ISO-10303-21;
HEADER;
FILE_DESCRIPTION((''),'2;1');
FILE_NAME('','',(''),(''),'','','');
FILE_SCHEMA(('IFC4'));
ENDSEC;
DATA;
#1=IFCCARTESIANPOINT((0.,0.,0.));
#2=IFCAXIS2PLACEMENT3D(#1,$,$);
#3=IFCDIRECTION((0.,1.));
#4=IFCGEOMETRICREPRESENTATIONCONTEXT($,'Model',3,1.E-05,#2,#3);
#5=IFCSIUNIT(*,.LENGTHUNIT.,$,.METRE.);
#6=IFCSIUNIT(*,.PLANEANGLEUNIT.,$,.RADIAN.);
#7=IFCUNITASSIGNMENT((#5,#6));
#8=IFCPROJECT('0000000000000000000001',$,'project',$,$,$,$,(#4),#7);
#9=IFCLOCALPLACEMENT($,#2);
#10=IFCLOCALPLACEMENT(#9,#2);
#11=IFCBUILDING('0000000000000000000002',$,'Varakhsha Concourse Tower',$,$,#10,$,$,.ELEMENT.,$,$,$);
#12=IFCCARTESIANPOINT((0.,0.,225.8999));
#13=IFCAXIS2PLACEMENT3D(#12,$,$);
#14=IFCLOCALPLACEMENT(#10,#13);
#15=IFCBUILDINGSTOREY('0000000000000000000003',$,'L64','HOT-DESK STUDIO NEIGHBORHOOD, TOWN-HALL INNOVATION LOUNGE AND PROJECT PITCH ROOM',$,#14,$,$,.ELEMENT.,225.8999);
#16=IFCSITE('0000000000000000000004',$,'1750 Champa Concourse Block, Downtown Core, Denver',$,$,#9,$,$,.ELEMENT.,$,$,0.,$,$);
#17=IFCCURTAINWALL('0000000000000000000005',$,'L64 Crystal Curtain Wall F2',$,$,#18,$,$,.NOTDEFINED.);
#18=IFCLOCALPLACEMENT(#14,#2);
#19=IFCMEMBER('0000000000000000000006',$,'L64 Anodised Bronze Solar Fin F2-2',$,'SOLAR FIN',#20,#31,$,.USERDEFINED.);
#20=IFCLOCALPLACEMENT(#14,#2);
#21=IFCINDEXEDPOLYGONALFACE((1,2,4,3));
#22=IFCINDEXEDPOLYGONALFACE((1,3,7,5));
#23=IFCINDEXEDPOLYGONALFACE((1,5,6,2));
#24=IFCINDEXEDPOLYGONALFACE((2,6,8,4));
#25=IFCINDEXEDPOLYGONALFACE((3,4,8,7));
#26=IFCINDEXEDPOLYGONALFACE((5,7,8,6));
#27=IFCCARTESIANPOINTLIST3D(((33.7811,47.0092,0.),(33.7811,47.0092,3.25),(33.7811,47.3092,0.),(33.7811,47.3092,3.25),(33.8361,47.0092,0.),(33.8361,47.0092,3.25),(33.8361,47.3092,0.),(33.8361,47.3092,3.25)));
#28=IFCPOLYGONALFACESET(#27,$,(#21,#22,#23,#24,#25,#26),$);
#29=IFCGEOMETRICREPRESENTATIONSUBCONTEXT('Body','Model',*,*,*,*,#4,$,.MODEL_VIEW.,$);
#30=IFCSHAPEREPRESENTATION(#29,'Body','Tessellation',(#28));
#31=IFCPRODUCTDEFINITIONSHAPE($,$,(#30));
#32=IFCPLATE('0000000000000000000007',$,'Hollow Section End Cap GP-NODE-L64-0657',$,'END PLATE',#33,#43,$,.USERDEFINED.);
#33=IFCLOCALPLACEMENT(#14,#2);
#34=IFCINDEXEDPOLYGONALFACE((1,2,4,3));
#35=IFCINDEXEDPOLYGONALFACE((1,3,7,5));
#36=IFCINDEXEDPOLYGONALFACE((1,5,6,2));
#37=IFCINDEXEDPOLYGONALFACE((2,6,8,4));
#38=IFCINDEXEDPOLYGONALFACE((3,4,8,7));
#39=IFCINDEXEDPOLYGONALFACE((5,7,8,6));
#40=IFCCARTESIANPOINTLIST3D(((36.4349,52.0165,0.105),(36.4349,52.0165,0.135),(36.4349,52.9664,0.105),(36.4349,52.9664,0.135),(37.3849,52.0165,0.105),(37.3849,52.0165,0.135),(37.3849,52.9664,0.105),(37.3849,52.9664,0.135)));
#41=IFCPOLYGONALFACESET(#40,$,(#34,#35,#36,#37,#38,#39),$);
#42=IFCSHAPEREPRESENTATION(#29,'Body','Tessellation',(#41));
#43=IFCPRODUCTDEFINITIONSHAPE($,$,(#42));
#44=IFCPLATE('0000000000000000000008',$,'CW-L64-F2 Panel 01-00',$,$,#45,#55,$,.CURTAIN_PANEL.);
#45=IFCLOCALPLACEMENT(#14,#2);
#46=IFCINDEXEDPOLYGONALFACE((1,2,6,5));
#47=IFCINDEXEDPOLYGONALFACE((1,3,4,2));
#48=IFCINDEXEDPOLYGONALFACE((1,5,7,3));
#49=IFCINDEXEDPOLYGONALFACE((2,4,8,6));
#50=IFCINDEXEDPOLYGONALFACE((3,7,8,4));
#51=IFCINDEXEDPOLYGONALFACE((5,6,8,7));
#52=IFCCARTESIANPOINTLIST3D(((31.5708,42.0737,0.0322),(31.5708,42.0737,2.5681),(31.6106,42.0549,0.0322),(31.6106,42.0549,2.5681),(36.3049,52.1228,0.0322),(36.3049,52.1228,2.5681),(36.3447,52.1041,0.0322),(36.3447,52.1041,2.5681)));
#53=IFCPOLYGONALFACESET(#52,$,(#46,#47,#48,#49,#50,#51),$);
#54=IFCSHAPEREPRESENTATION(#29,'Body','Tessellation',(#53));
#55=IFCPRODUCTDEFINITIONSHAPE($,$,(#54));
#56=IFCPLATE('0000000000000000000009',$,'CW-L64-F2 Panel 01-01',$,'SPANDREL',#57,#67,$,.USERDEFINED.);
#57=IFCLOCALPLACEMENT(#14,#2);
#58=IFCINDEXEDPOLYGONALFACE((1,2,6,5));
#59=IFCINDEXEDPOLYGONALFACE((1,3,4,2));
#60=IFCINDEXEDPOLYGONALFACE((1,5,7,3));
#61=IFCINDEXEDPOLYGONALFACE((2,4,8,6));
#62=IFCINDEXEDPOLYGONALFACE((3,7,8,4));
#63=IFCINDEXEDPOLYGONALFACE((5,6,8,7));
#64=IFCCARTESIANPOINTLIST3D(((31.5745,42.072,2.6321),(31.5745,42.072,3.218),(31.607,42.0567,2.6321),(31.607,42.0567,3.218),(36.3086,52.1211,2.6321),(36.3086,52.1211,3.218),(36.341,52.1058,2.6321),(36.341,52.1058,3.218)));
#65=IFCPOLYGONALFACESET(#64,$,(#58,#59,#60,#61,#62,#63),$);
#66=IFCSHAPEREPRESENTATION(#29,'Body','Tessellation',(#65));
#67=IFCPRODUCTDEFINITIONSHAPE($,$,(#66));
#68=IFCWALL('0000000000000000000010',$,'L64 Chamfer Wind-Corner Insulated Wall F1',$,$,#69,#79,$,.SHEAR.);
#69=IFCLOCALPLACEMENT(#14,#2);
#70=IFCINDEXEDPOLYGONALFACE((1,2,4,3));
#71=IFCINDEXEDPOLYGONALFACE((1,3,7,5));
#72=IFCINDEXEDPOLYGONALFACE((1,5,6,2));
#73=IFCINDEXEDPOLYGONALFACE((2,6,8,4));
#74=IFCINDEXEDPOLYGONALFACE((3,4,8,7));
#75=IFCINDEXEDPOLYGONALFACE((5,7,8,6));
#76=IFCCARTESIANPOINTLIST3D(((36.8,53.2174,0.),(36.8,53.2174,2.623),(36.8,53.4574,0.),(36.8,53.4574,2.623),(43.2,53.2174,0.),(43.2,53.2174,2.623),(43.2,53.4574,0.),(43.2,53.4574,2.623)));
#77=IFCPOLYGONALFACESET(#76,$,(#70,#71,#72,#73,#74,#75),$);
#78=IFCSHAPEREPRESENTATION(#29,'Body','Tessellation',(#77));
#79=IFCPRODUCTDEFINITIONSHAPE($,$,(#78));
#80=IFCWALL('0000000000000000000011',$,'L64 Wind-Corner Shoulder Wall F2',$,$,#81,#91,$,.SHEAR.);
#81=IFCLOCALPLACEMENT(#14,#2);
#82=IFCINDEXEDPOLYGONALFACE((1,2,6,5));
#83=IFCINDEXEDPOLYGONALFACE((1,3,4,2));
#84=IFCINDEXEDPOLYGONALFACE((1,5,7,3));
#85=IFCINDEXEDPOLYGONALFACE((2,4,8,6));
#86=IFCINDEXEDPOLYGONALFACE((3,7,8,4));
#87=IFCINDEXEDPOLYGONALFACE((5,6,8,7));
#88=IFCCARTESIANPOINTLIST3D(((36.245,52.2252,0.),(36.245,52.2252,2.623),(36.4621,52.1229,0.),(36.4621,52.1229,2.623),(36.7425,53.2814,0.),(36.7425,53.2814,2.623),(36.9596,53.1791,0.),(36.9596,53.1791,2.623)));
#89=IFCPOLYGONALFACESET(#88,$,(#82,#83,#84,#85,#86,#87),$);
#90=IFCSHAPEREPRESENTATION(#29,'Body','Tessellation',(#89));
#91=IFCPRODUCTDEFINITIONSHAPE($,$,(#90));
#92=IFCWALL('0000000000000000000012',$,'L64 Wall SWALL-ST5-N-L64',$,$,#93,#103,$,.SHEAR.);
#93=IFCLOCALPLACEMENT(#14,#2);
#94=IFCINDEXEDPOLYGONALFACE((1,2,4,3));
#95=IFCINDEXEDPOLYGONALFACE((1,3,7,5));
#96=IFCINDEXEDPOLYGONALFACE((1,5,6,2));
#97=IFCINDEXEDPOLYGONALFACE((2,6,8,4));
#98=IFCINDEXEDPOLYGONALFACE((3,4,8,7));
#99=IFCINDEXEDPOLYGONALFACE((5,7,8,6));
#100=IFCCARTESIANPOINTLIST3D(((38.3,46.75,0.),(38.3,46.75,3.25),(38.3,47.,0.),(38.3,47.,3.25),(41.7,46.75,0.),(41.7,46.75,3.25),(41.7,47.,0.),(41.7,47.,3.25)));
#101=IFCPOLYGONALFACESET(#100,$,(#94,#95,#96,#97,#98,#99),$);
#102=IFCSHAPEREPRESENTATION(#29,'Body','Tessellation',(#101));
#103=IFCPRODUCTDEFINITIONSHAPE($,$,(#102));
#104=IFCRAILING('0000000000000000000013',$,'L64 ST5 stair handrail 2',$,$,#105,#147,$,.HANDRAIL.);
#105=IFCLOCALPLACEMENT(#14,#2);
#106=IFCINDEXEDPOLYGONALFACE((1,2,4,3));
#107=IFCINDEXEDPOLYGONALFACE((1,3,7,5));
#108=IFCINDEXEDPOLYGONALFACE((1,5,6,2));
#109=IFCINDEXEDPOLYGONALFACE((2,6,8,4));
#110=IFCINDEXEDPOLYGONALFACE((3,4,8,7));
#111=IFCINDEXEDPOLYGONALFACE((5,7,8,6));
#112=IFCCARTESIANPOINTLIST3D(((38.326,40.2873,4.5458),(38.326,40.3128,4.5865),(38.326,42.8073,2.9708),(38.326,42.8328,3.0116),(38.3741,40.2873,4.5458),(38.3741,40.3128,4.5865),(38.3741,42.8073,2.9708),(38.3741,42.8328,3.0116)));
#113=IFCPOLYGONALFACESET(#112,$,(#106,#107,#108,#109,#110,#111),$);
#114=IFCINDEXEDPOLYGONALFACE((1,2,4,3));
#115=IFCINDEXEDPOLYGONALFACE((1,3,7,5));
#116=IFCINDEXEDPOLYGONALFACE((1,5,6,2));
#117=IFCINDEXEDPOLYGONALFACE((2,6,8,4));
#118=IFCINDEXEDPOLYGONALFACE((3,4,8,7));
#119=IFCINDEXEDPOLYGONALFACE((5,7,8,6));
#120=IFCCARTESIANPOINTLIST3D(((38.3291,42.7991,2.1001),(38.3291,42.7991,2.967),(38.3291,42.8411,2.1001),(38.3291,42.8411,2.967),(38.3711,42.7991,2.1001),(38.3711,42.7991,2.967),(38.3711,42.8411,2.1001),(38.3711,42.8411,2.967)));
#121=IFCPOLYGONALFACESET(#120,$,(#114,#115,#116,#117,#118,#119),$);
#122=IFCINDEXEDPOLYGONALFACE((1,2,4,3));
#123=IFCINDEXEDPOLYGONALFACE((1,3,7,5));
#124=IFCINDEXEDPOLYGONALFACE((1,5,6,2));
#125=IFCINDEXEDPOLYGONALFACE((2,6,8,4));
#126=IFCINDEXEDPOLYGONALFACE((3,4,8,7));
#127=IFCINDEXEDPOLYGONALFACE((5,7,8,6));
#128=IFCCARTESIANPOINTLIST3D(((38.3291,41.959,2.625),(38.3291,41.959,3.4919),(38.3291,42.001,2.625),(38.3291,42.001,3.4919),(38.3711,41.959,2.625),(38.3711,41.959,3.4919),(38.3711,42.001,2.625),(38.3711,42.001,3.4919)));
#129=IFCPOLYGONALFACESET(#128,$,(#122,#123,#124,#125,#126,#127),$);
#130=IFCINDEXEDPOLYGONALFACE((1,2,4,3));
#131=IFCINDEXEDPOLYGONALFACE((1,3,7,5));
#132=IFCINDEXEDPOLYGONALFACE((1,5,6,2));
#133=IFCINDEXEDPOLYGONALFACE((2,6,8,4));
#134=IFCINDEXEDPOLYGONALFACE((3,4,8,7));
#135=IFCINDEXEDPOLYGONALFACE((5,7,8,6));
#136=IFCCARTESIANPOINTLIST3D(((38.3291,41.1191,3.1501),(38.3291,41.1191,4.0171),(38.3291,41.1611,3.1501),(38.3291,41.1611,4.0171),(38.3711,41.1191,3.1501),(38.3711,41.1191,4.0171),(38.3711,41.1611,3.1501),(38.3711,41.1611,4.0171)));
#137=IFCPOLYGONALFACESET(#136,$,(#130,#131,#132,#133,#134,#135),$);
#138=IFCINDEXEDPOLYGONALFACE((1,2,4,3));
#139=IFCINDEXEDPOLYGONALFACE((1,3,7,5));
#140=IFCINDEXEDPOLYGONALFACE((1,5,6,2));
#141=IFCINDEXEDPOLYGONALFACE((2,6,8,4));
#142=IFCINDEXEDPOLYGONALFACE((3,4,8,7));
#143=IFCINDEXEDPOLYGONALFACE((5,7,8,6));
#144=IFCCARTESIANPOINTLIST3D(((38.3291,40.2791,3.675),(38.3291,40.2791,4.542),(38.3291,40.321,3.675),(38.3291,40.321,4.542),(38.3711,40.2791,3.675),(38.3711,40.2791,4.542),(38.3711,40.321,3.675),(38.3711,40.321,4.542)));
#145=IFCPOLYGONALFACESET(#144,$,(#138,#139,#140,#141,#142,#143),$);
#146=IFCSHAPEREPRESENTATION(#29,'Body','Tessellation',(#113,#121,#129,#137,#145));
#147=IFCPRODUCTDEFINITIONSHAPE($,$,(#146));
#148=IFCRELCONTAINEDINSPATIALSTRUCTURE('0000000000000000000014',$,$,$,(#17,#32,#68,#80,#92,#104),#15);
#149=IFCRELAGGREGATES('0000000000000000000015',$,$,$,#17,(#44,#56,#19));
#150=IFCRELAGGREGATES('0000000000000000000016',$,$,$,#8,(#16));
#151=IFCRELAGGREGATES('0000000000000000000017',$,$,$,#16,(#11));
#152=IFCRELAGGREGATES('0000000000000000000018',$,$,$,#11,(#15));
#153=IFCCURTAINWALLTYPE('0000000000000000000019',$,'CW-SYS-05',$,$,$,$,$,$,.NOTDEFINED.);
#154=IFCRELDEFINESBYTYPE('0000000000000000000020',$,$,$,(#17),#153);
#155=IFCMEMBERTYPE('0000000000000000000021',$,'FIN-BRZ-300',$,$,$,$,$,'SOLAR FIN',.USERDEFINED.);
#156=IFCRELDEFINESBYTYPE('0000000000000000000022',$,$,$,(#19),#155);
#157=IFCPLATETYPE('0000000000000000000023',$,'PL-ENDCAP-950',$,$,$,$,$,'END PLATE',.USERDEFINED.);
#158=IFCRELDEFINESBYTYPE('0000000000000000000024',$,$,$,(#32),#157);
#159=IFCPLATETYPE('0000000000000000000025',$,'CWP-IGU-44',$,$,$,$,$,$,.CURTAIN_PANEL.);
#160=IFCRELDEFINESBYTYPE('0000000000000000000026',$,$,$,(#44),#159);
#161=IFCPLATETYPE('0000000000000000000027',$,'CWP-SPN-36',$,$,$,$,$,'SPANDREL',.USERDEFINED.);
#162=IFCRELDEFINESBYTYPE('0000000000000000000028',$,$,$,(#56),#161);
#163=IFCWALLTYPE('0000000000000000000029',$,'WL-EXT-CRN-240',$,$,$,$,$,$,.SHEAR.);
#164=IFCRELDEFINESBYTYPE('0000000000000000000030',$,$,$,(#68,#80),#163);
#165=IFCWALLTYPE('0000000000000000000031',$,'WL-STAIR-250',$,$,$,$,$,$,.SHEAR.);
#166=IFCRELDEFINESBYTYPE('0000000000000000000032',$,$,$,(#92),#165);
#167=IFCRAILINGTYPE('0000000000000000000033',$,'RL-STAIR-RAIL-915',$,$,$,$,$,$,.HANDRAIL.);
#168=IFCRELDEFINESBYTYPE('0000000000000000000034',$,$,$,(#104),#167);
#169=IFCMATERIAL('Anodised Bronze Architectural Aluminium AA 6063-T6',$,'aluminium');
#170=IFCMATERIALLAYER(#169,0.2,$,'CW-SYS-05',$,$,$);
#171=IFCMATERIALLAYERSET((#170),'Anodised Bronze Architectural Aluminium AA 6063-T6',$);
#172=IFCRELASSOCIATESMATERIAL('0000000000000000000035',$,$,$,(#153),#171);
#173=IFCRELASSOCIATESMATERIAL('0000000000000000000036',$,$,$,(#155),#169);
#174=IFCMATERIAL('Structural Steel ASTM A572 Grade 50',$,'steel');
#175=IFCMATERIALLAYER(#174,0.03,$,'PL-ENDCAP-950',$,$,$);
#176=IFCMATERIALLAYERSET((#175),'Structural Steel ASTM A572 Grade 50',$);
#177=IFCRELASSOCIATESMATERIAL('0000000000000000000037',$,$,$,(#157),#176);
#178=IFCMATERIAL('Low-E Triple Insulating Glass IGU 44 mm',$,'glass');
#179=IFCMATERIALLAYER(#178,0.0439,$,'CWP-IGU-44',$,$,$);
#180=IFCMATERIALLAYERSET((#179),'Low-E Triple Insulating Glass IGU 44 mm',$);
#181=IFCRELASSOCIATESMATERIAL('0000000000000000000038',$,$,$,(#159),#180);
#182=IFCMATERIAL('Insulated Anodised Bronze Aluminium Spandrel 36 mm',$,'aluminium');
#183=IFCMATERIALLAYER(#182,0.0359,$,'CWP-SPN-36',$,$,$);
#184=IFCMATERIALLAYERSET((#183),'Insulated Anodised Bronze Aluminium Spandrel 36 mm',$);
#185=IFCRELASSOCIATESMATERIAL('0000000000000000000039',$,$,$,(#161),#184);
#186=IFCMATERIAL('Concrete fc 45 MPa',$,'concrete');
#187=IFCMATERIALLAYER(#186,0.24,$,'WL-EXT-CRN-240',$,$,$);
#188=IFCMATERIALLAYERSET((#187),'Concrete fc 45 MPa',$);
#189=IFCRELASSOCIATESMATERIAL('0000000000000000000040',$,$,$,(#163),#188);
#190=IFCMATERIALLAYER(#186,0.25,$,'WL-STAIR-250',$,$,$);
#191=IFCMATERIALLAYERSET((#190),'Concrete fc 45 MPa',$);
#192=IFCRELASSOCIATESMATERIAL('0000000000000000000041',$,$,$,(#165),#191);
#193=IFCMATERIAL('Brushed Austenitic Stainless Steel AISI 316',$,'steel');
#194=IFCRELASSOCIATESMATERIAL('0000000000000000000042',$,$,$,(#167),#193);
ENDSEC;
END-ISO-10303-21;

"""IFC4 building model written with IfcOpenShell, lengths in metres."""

from ifc_helpers import new_model, si_unit, direction, frame, frame_2d, origin, origin_2d, place, context, subcontext, project, spatial, rectangle, extrude, source, transform, mapped, material, layer, layer_set, material_profile, profile_set, type_object, type_shapes, element, aggregate, save


model = new_model("IFC4")

# Units and contexts
model_context = context("Model", 3, precision=1e-05, world=origin(), true_north=direction((0.0, 1.0)))
body_context = subcontext(model_context, "Body", "Model", "MODEL_VIEW")
ifc_project = project(units=[si_unit("LENGTHUNIT", "METRE"), si_unit("PLANEANGLEUNIT", "RADIAN")], contexts=[model_context])

# Site, building, storey
site_placement = place(None, origin())
site = spatial("IfcSite", under=ifc_project, at=site_placement, Name="1750 Champa Concourse Block, Downtown Core, Denver", CompositionType="ELEMENT", RefElevation=0.0)
building_placement = place(site_placement, origin())
building = spatial("IfcBuilding", under=site, at=building_placement, Name="Varakhsha Concourse Tower", CompositionType="ELEMENT")
storey_placement = place(building_placement, frame((0.0, 0.0, 225.8999)))
storey = spatial("IfcBuildingStorey", under=building, at=storey_placement, Name="L64", Description="HOT-DESK STUDIO NEIGHBORHOOD, TOWN-HALL INNOVATION LOUNGE AND PROJECT PITCH ROOM", CompositionType="ELEMENT", Elevation=225.8999)

# Shared definitions
ifc_material_1 = material(Name="Structural Steel ASTM A572 Grade 50", Category="steel")

# Curtain wall, member
ifc_material_2 = material(Name="Anodised Bronze Architectural Aluminium AA 6063-T6", Category="aluminium")
ifc_layer_1 = layer(ifc_material_2, 0.2, Name="CW-SYS-05")
ifc_layer_set_1 = layer_set([ifc_layer_1], Name="Anodised Bronze Architectural Aluminium AA 6063-T6")
curtain_wall_type = type_object("IfcCurtainWallType", Name="CW-SYS-05", PredefinedType="NOTDEFINED", material=ifc_layer_set_1)
curtain_wall_placement = place(storey_placement, origin())
curtain_wall = element("IfcCurtainWall", 1, at=curtain_wall_placement, inside=storey, type_object=curtain_wall_type, Name="L64 Crystal Curtain Wall F2", PredefinedType="NOTDEFINED")
ifc_material_profile_1 = material_profile(ifc_material_2, rectangle(XDim=0.0549, YDim=0.3, at=origin_2d()), Name="FIN-BRZ-300")
ifc_profile_set_1 = profile_set([ifc_material_profile_1], Name="Anodised Bronze Architectural Aluminium AA 6063-T6")
member_type_1 = type_object("IfcMemberType", Name="FIN-BRZ-300", ElementType="SOLAR FIN", PredefinedType="USERDEFINED", material=ifc_profile_set_1)
shared_shape_1 = source(origin(), body_context, "Body", "SweptSolid", [
    extrude(rectangle(XDim=0.0549, YDim=0.3, at=origin_2d()), origin(), (0.0, 0.0, 1.0), 3.25),
])
type_shapes(member_type_1, [shared_shape_1])
member_1_placement = place(storey_placement, frame((33.8086, 47.1592, 0.0), z_axis=(0.0, 0.0, 1.0), x_axis=(1.0, 0.0, 0.0)))
member_1 = element("IfcMember", 2, at=member_1_placement, type_object=member_type_1, Name="L64 Anodised Bronze Solar Fin F2-2", ObjectType="SOLAR FIN", PredefinedType="USERDEFINED", context=body_context, shape_type="MappedRepresentation", body=[
    mapped(shared_shape_1, transform((0.0, 0.0, 0.0), scale=1.0)),
])

# Plates
ifc_layer_2 = layer(ifc_material_1, 0.03, Name="PL-ENDCAP-950")
ifc_layer_set_2 = layer_set([ifc_layer_2], Name="Structural Steel ASTM A572 Grade 50")
plate_type_1 = type_object("IfcPlateType", Name="PL-ENDCAP-950", ElementType="END PLATE", PredefinedType="USERDEFINED", material=ifc_layer_set_2)
shared_shape_2 = source(origin(), body_context, "Body", "SweptSolid", [
    extrude(rectangle(XDim=0.95, YDim=0.95, at=origin_2d()), origin(), (0.0, 0.0, 1.0), 0.03),
])
type_shapes(plate_type_1, [shared_shape_2])
plate_1_placement = place(storey_placement, frame((36.9099, 52.4915, 0.105), z_axis=(0.0, 0.0, 1.0), x_axis=(1.0, 0.0, 0.0)))
element("IfcPlate", 3, at=plate_1_placement, inside=storey, type_object=plate_type_1, Name="Hollow Section End Cap GP-NODE-L64-0657", ObjectType="END PLATE", PredefinedType="USERDEFINED", context=body_context, shape_type="MappedRepresentation", body=[
    mapped(shared_shape_2, transform((0.0, 0.0, 0.0), scale=1.0)),
])
ifc_material_3 = material(Name="Low-E Triple Insulating Glass IGU 44 mm", Category="glass")
ifc_layer_3 = layer(ifc_material_3, 0.0439, Name="CWP-IGU-44")
ifc_layer_set_3 = layer_set([ifc_layer_3], Name="Low-E Triple Insulating Glass IGU 44 mm")
plate_type_2 = type_object("IfcPlateType", Name="CWP-IGU-44", PredefinedType="CURTAIN_PANEL", material=ifc_layer_set_3)
shared_shape_3 = source(origin(), body_context, "Body", "SweptSolid", [
    extrude(rectangle(XDim=11.1084, YDim=0.0439, at=origin_2d()), origin(), (0.0, 0.0, 1.0), 2.5359),
])
type_shapes(plate_type_2, [shared_shape_3])
plate_2_placement = place(storey_placement, frame((33.9578, 47.0889, 0.0322), z_axis=(0.0, 0.0, 1.0), x_axis=(0.426172, 0.904642, 0.0)))
plate_2 = element("IfcPlate", 4, at=plate_2_placement, type_object=plate_type_2, Name="CW-L64-F2 Panel 01-00", PredefinedType="CURTAIN_PANEL", context=body_context, shape_type="MappedRepresentation", body=[
    mapped(shared_shape_3, transform((0.0, 0.0, 0.0), scale=1.0)),
])
ifc_material_4 = material(Name="Insulated Anodised Bronze Aluminium Spandrel 36 mm", Category="aluminium")
ifc_layer_4 = layer(ifc_material_4, 0.0359, Name="CWP-SPN-36")
ifc_layer_set_4 = layer_set([ifc_layer_4], Name="Insulated Anodised Bronze Aluminium Spandrel 36 mm")
plate_type_3 = type_object("IfcPlateType", Name="CWP-SPN-36", ElementType="SPANDREL", PredefinedType="USERDEFINED", material=ifc_layer_set_4)
shared_shape_4 = source(origin(), body_context, "Body", "SweptSolid", [
    extrude(rectangle(XDim=11.1084, YDim=0.0359, at=origin_2d()), origin(), (0.0, 0.0, 1.0), 0.5859),
])
type_shapes(plate_type_3, [shared_shape_4])
plate_3_placement = place(storey_placement, frame((33.9578, 47.0889, 2.6321), z_axis=(0.0, 0.0, 1.0), x_axis=(0.426172, 0.904642, 0.0)))
plate_3 = element("IfcPlate", 5, at=plate_3_placement, type_object=plate_type_3, Name="CW-L64-F2 Panel 01-01", ObjectType="SPANDREL", PredefinedType="USERDEFINED", context=body_context, shape_type="MappedRepresentation", body=[
    mapped(shared_shape_4, transform((0.0, 0.0, 0.0), scale=1.0)),
])
aggregate(curtain_wall, [plate_2, plate_3, member_1])

# Walls
ifc_material_5 = material(Name="Concrete fc 45 MPa", Category="concrete")
ifc_layer_5 = layer(ifc_material_5, 0.24, Name="WL-EXT-CRN-240")
ifc_layer_set_5 = layer_set([ifc_layer_5], Name="Concrete fc 45 MPa")
wall_type_1 = type_object("IfcWallType", Name="WL-EXT-CRN-240", PredefinedType="SHEAR", material=ifc_layer_set_5)
wall_1_placement = place(storey_placement, frame((36.8, 53.3374, 0.0), z_axis=(0.0, 0.0, 1.0), x_axis=(1.0, 0.0, 0.0)))
element("IfcWall", 6, at=wall_1_placement, inside=storey, type_object=wall_type_1, Name="L64 Chamfer Wind-Corner Insulated Wall F1", PredefinedType="SHEAR", context=body_context, shape_type="SweptSolid", body=[
    extrude(rectangle(XDim=6.3999, YDim=0.24, at=frame_2d((3.2, 0.0))), origin(), (0.0, 0.0, 1.0), 2.623),
])
wall_2_placement = place(storey_placement, frame((36.8511, 53.2302, 0.0), z_axis=(0.0, 0.0, 1.0), x_axis=(-0.42618, -0.904639, 0.0)))
element("IfcWall", 7, at=wall_2_placement, inside=storey, type_object=wall_type_1, Name="L64 Wind-Corner Shoulder Wall F2", PredefinedType="SHEAR", context=body_context, shape_type="SweptSolid", body=[
    extrude(rectangle(XDim=1.1675, YDim=0.24, at=frame_2d((0.5837, 0.0))), origin(), (0.0, 0.0, 1.0), 2.623),
])
ifc_layer_6 = layer(ifc_material_5, 0.25, Name="WL-STAIR-250")
ifc_layer_set_6 = layer_set([ifc_layer_6], Name="Concrete fc 45 MPa")
wall_type_2 = type_object("IfcWallType", Name="WL-STAIR-250", PredefinedType="SHEAR", material=ifc_layer_set_6)
wall_3_placement = place(storey_placement, frame((38.3, 46.875, 0.0), z_axis=(0.0, 0.0, 1.0), x_axis=(1.0, 0.0, 0.0)))
element("IfcWall", 8, at=wall_3_placement, inside=storey, type_object=wall_type_2, Name="L64 Wall SWALL-ST5-N-L64", PredefinedType="SHEAR", context=body_context, shape_type="SweptSolid", body=[
    extrude(rectangle(XDim=3.3999, YDim=0.25, at=frame_2d((1.7, 0.0))), origin(), (0.0, 0.0, 1.0), 3.25),
])

# Railing
ifc_material_6 = material(Name="Brushed Austenitic Stainless Steel AISI 316", Category="steel")
railing_type = type_object("IfcRailingType", Name="RL-STAIR-RAIL-915", PredefinedType="HANDRAIL", material=ifc_material_6)
railing_placement = place(storey_placement, frame((38.3501, 42.8201, 2.1001)))
element("IfcRailing", 9, at=railing_placement, inside=storey, type_object=railing_type, Name="L64 ST5 stair handrail 2", PredefinedType="HANDRAIL", context=body_context, shape_type="SweptSolid", body=[
    extrude(rectangle(XDim=0.0481, YDim=0.0481, at=origin_2d()), frame((0.0, 0.0, 0.8911), z_axis=(0.0, -0.848008, 0.529984), x_axis=(1.0, 0.0, 0.0)), (0.0, 0.0, 1.0), 2.9717),
    extrude(rectangle(XDim=0.042, YDim=0.042, at=origin_2d()), origin(), (0.0, 0.0, 1.0), 0.8669),
    extrude(rectangle(XDim=0.042, YDim=0.042, at=origin_2d()), frame((0.0, -0.8401, 0.5249)), (0.0, 0.0, 1.0), 0.8669),
    extrude(rectangle(XDim=0.042, YDim=0.042, at=origin_2d()), frame((0.0, -1.6799, 1.05)), (0.0, 0.0, 1.0), 0.8669),
    extrude(rectangle(XDim=0.042, YDim=0.042, at=origin_2d()), frame((0.0, -2.52, 1.575)), (0.0, 0.0, 1.0), 0.8669),
])

save(model, "model.ifc")
